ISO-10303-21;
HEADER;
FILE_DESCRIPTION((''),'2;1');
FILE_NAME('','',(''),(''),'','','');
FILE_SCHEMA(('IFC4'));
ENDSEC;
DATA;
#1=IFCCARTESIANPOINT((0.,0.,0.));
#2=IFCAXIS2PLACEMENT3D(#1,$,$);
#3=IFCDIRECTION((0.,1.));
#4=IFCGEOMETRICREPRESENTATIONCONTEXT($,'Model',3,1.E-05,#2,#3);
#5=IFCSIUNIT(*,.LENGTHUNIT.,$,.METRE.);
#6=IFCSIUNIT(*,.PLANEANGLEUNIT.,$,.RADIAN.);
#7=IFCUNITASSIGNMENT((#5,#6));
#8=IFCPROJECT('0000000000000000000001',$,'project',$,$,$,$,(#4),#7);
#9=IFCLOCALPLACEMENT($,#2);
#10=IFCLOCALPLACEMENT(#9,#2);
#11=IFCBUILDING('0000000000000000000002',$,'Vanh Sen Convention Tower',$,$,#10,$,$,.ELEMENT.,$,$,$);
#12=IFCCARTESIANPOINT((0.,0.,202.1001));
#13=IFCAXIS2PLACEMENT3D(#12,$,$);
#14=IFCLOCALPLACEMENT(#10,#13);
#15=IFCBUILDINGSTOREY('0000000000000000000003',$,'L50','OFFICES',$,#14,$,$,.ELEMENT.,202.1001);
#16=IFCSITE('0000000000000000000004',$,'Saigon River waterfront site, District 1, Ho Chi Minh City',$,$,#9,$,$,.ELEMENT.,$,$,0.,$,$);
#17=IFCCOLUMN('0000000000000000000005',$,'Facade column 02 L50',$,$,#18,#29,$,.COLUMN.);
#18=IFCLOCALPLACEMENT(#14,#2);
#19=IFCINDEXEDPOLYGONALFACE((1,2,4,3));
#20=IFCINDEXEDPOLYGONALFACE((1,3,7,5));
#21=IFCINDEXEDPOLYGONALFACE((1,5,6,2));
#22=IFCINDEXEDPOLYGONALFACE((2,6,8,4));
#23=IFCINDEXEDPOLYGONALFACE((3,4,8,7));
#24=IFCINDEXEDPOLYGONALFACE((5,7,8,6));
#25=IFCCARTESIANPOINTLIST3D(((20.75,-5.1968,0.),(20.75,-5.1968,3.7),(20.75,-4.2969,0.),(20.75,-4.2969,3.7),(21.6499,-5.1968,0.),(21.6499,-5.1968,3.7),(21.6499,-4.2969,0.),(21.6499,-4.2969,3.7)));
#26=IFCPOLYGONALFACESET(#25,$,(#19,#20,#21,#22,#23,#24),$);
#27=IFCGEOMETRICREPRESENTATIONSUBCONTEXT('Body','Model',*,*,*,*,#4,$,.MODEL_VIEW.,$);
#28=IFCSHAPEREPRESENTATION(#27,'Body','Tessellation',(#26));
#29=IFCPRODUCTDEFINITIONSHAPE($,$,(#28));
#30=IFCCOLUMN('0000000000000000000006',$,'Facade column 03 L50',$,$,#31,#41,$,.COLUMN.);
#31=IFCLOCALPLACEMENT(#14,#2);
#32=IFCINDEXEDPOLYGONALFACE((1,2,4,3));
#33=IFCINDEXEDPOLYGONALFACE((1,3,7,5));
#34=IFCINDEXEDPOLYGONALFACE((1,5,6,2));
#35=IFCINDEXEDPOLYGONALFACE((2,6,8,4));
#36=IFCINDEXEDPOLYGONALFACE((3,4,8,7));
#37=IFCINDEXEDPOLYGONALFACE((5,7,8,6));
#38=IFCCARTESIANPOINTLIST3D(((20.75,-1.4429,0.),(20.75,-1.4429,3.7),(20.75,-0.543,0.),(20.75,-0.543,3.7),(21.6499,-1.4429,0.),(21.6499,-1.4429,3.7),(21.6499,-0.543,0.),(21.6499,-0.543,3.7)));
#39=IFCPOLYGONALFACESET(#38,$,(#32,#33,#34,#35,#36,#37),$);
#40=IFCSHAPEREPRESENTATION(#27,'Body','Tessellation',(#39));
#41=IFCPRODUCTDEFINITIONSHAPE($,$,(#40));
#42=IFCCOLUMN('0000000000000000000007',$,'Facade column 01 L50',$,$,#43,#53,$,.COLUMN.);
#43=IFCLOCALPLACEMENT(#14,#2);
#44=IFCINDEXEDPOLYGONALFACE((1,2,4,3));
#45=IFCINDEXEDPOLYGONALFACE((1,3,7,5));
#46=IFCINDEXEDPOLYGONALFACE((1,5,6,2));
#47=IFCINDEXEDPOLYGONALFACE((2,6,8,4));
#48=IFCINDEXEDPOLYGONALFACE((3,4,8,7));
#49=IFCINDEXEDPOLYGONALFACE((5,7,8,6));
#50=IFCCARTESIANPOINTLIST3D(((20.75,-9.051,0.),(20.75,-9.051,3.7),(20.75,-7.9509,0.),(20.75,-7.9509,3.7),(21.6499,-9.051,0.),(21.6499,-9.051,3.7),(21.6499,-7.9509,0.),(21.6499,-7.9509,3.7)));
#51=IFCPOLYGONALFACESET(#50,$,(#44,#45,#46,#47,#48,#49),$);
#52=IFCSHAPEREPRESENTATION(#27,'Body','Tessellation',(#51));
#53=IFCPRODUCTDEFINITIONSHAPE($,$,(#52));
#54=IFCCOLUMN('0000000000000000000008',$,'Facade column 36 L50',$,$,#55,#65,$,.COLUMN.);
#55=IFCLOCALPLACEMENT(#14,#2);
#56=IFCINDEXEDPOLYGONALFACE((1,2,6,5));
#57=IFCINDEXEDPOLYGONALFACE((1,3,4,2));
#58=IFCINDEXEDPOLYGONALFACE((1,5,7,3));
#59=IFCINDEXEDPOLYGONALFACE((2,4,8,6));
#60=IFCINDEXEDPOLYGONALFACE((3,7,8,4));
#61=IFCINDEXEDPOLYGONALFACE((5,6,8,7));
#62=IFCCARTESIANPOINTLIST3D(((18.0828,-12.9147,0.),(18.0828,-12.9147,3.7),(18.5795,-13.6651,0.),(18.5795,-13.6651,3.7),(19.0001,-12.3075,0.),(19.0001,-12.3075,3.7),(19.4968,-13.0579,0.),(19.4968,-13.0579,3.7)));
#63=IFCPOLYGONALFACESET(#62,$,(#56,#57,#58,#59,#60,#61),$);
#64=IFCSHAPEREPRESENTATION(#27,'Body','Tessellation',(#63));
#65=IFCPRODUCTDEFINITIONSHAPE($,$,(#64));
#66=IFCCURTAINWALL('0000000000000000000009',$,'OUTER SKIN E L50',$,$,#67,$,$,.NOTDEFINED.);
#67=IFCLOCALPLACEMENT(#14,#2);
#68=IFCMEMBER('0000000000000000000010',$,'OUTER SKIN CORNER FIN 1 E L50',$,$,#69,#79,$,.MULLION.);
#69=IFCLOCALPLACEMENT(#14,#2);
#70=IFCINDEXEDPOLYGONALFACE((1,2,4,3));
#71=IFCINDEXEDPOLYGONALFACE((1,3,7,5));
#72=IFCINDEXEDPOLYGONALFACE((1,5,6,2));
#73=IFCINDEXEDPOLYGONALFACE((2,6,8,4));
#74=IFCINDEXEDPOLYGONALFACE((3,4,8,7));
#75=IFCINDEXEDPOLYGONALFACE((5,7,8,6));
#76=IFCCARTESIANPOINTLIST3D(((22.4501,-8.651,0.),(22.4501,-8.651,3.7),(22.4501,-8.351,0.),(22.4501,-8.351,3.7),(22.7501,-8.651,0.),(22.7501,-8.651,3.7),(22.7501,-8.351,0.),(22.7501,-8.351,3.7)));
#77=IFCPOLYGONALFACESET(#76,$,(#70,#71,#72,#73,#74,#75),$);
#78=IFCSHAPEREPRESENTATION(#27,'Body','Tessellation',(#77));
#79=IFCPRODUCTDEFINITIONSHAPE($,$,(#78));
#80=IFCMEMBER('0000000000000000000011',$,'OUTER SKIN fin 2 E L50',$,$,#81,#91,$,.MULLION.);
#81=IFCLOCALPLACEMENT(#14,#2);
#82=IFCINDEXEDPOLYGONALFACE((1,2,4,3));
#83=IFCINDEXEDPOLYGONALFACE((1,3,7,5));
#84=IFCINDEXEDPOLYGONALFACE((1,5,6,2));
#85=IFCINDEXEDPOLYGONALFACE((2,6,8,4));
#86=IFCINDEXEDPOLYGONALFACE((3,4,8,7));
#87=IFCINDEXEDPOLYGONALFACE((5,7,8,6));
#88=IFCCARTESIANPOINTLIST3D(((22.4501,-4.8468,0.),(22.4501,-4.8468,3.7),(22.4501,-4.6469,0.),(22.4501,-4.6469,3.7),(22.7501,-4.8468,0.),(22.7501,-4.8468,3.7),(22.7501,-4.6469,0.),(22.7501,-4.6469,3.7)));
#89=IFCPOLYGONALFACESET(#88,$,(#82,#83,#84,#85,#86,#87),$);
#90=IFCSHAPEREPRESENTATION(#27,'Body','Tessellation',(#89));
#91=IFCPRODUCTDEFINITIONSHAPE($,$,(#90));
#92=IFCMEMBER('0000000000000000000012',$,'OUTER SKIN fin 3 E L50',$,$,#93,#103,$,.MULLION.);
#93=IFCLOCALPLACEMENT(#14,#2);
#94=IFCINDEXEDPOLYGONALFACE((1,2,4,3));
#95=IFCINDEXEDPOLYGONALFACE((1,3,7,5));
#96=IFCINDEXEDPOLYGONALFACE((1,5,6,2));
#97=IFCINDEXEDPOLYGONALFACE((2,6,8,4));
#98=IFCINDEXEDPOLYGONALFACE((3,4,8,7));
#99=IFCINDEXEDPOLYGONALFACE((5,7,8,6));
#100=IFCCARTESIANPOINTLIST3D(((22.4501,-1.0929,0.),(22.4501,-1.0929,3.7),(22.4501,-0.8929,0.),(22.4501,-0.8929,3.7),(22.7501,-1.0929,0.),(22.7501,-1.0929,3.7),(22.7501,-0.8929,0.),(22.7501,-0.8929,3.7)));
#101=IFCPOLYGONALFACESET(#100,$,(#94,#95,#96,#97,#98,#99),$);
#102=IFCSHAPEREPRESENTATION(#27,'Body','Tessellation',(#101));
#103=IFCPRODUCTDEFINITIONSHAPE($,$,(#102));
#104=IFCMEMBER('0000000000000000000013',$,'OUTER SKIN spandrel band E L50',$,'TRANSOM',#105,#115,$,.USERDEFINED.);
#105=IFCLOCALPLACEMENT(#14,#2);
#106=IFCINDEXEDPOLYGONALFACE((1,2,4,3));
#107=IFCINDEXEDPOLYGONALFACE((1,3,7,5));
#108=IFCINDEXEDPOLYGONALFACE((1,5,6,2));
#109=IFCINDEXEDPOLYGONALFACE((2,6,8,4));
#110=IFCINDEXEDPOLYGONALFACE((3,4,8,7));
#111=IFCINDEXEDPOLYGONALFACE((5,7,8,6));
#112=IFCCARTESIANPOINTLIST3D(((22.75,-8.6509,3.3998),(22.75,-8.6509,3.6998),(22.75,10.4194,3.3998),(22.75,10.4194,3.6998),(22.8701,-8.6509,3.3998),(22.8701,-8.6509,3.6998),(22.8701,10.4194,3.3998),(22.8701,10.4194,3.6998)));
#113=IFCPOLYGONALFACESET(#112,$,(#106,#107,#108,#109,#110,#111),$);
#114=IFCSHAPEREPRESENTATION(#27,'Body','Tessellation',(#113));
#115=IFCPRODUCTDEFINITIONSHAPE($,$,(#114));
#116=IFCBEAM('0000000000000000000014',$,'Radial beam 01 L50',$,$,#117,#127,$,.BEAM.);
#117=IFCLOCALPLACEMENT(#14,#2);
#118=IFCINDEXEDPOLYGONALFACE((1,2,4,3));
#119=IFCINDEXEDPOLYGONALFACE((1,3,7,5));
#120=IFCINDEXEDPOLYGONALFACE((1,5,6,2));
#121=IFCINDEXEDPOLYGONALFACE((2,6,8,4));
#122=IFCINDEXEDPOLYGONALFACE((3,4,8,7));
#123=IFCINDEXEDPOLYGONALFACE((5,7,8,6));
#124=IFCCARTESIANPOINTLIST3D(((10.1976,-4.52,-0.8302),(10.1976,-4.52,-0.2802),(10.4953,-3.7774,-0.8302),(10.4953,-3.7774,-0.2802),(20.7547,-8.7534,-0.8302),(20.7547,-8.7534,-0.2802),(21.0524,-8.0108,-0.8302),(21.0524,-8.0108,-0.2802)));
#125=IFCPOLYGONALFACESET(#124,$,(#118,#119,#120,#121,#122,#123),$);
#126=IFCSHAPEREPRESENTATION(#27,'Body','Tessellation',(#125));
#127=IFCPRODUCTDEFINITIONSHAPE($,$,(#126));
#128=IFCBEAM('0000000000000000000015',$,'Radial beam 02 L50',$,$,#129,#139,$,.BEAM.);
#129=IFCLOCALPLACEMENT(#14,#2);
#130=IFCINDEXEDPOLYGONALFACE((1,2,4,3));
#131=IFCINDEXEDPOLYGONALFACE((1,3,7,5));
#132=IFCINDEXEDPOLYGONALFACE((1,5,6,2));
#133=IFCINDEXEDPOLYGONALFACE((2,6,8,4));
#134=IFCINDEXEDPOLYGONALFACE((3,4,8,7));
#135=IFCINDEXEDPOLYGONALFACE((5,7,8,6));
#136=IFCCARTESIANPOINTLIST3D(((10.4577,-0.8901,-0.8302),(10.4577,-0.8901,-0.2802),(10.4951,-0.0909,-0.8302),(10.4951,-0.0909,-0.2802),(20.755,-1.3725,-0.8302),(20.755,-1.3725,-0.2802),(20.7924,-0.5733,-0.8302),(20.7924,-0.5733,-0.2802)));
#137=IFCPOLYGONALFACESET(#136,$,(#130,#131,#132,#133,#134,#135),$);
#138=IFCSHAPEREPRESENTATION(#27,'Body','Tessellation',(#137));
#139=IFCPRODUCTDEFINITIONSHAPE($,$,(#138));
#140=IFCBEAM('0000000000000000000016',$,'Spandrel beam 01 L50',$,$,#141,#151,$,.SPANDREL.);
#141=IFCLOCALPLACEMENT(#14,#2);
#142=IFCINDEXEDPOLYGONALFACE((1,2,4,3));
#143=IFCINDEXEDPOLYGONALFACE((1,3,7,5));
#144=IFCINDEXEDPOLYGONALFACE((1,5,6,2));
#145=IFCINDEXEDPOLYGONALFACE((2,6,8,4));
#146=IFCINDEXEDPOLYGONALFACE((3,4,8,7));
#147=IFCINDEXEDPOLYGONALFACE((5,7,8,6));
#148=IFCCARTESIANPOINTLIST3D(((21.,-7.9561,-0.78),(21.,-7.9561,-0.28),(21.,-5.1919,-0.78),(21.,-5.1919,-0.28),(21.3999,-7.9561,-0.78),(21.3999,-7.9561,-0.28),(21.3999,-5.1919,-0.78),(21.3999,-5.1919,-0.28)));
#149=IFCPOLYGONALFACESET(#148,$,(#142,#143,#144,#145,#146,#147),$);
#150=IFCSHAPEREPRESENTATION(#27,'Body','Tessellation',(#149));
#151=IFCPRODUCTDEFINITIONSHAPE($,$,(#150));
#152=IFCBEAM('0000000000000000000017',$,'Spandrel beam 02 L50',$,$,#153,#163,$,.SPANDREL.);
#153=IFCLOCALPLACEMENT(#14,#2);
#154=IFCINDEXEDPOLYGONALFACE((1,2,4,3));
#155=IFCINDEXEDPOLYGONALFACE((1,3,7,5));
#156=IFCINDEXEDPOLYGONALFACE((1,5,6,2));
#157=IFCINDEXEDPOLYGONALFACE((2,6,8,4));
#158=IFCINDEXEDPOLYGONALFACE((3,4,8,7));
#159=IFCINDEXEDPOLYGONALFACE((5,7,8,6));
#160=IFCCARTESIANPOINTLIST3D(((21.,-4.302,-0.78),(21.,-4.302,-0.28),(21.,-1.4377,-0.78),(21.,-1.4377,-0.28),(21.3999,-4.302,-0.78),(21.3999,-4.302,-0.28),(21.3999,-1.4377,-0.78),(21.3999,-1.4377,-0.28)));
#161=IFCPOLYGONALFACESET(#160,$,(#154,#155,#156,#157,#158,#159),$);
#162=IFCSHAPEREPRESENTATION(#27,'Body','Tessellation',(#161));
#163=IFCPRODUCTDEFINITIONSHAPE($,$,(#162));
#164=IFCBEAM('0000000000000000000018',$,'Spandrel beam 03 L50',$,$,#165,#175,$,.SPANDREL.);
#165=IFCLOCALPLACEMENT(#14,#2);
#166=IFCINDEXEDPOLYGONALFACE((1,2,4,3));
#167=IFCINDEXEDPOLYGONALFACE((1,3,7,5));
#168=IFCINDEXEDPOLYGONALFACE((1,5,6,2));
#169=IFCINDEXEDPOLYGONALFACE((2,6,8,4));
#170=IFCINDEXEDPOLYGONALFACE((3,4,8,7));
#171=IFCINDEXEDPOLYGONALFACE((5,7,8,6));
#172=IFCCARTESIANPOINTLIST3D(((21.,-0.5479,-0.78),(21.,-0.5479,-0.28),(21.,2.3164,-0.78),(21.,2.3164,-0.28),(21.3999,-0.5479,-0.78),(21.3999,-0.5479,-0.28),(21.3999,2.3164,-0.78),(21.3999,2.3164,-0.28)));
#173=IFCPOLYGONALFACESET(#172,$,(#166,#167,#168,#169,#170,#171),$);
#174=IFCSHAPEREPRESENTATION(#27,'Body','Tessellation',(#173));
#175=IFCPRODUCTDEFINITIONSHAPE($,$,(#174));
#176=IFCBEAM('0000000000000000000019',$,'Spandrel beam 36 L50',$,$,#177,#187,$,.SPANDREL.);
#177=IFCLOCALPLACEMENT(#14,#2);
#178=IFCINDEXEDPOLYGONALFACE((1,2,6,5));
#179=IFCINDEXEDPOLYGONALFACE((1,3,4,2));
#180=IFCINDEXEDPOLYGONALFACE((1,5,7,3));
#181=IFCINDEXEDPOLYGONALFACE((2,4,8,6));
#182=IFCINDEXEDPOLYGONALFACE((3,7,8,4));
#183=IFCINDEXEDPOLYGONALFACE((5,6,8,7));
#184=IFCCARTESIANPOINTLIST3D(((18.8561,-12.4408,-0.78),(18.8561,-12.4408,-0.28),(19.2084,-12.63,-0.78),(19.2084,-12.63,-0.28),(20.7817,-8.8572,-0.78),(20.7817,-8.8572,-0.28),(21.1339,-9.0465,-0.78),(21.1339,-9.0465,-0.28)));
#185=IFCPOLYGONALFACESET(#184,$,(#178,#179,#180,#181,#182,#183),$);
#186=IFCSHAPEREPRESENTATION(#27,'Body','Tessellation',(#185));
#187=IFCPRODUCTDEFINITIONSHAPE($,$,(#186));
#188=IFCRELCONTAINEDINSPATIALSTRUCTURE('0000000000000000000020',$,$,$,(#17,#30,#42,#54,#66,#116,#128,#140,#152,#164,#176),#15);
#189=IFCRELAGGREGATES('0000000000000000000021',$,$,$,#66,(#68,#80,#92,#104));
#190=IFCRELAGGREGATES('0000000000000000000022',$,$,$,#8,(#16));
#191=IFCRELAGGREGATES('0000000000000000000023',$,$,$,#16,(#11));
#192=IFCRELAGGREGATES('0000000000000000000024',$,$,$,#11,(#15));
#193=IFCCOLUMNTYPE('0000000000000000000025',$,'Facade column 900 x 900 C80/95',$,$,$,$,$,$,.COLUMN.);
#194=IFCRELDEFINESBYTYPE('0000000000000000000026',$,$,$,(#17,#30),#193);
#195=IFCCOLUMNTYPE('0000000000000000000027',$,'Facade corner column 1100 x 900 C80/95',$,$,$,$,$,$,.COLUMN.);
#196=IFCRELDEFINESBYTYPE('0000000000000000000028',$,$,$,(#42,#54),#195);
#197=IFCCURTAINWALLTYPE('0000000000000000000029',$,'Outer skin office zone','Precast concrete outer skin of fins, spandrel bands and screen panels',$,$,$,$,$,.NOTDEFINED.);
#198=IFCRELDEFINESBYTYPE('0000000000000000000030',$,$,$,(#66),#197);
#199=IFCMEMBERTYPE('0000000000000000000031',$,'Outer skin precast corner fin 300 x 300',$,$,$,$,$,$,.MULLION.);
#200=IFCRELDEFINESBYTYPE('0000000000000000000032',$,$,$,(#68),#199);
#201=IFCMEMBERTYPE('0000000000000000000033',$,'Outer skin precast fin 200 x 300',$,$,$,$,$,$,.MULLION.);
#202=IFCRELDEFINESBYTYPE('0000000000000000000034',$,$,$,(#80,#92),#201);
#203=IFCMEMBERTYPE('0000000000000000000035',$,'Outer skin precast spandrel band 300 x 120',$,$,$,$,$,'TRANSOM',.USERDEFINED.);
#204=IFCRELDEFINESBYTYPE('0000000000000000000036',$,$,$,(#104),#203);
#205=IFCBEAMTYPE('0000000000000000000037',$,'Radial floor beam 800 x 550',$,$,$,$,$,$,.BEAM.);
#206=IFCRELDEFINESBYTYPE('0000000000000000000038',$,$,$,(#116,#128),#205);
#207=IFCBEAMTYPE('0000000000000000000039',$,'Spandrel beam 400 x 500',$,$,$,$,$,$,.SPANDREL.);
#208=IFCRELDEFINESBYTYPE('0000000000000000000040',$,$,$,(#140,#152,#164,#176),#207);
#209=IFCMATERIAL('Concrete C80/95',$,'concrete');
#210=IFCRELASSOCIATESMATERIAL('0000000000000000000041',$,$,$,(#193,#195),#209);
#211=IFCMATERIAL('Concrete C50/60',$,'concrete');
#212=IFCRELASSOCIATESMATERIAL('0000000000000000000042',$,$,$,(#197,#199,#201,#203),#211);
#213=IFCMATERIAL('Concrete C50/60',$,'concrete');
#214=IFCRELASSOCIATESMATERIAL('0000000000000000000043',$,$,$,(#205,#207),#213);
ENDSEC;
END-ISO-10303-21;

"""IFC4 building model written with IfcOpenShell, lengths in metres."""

from ifc_helpers import new_model, si_unit, direction, frame, origin, origin_2d, place, context, subcontext, project, spatial, rectangle, extrude, material, material_profile, profile_set, type_object, element, aggregate, save


model = new_model("IFC4")

# Units and contexts
model_context = context("Model", 3, precision=1e-05, world=origin(), true_north=direction((0.0, 1.0)))
body_context = subcontext(model_context, "Body", "Model", "MODEL_VIEW")
ifc_project = project(units=[si_unit("LENGTHUNIT", "METRE"), si_unit("PLANEANGLEUNIT", "RADIAN")], contexts=[model_context])

# Site, building, storey
site_placement = place(None, origin())
site = spatial("IfcSite", under=ifc_project, at=site_placement, Name="Saigon River waterfront site, District 1, Ho Chi Minh City", CompositionType="ELEMENT", RefElevation=0.0)
building_placement = place(site_placement, origin())
building = spatial("IfcBuilding", under=site, at=building_placement, Name="Vanh Sen Convention Tower", CompositionType="ELEMENT")
storey_placement = place(building_placement, frame((0.0, 0.0, 202.1001)))
storey = spatial("IfcBuildingStorey", under=building, at=storey_placement, Name="L50", Description="OFFICES", CompositionType="ELEMENT", Elevation=202.1001)

# Columns
ifc_material_1 = material(Name="Concrete C80/95", Category="concrete")
ifc_material_profile_1 = material_profile(ifc_material_1, rectangle(XDim=0.8999, YDim=0.8999, at=origin_2d()), Name="RC 900X900")
ifc_profile_set_1 = profile_set([ifc_material_profile_1], Name="Concrete C80/95")
column_type_1 = type_object("IfcColumnType", Name="Facade column 900 x 900 C80/95", PredefinedType="COLUMN", material=ifc_profile_set_1)
for number, where, z_axis, x_axis, name in (
    (1, (21.2, -4.7468, 0.0), (0.0, 0.0, 1.0), (0.0, 1.0, 0.0), "Facade column 02 L50"),
    (2, (21.2, -0.9929, 0.0), (0.0, 0.0, 1.0), (0.0, 1.0, 0.0), "Facade column 03 L50"),
):
    element("IfcColumn", number, at=place(storey_placement, frame(where, z_axis=z_axis, x_axis=x_axis)), inside=storey, type_object=column_type_1, Name=name, PredefinedType="COLUMN", context=body_context, shape_type="SweptSolid", body=[
        extrude(rectangle(XDim=0.8999, YDim=0.8999, at=origin_2d()), origin(), (0.0, 0.0, 1.0), 3.7),
    ])
ifc_material_profile_2 = material_profile(ifc_material_1, rectangle(XDim=1.1001, YDim=0.8999, at=origin_2d()), Name="RC 1100X900")
ifc_profile_set_2 = profile_set([ifc_material_profile_2], Name="Concrete C80/95")
column_type_2 = type_object("IfcColumnType", Name="Facade corner column 1100 x 900 C80/95", PredefinedType="COLUMN", material=ifc_profile_set_2)
for number, where, z_axis, x_axis, name in (
    (3, (21.2, -8.501, 0.0), (0.0, 0.0, 1.0), (0.0, 1.0, 0.0), "Facade column 01 L50"),
    (4, (18.7898, -12.9863, 0.0), (0.0, 0.0, 1.0), (0.833886, 0.551937, 0.0), "Facade column 36 L50"),
):
    element("IfcColumn", number, at=place(storey_placement, frame(where, z_axis=z_axis, x_axis=x_axis)), inside=storey, type_object=column_type_2, Name=name, PredefinedType="COLUMN", context=body_context, shape_type="SweptSolid", body=[
        extrude(rectangle(XDim=1.1001, YDim=0.8999, at=origin_2d()), origin(), (0.0, 0.0, 1.0), 3.7),
    ])

# Curtain wall, members
ifc_material_2 = material(Name="Concrete C50/60", Category="concrete")
curtain_wall_type = type_object("IfcCurtainWallType", Name="Outer skin office zone", Description="Precast concrete outer skin of fins, spandrel bands and screen panels", PredefinedType="NOTDEFINED", material=ifc_material_2)
curtain_wall_1_placement = place(storey_placement, origin())
curtain_wall_1 = element("IfcCurtainWall", 5, at=curtain_wall_1_placement, inside=storey, type_object=curtain_wall_type, Name="OUTER SKIN E L50", PredefinedType="NOTDEFINED")
ifc_material_profile_3 = material_profile(ifc_material_2, rectangle(XDim=0.3, YDim=0.3, at=origin_2d()), Name="Outer skin precast corner fin 300 x 300")
ifc_profile_set_3 = profile_set([ifc_material_profile_3], Name="Concrete C50/60")
member_type_1 = type_object("IfcMemberType", Name="Outer skin precast corner fin 300 x 300", PredefinedType="MULLION", material=ifc_profile_set_3)
member_1_placement = place(storey_placement, frame((22.6001, -8.501, 0.0), z_axis=(0.0, 0.0, 1.0), x_axis=(0.0, 1.0, 0.0)))
member_1 = element("IfcMember", 6, at=member_1_placement, type_object=member_type_1, Name="OUTER SKIN CORNER FIN 1 E L50", PredefinedType="MULLION", context=body_context, shape_type="SweptSolid", body=[
    extrude(rectangle(XDim=0.3, YDim=0.3, at=origin_2d()), origin(), (0.0, 0.0, 1.0), 3.7),
])
ifc_material_profile_4 = material_profile(ifc_material_2, rectangle(XDim=0.2, YDim=0.3, at=origin_2d()), Name="Outer skin precast fin 200 x 300")
ifc_profile_set_4 = profile_set([ifc_material_profile_4], Name="Concrete C50/60")
member_type_2 = type_object("IfcMemberType", Name="Outer skin precast fin 200 x 300", PredefinedType="MULLION", material=ifc_profile_set_4)
member_2_placement = place(storey_placement, frame((22.6001, -4.7468, 0.0), z_axis=(0.0, 0.0, 1.0), x_axis=(0.0, 1.0, 0.0)))
member_2 = element("IfcMember", 7, at=member_2_placement, type_object=member_type_2, Name="OUTER SKIN fin 2 E L50", PredefinedType="MULLION", context=body_context, shape_type="SweptSolid", body=[
    extrude(rectangle(XDim=0.2, YDim=0.3, at=origin_2d()), origin(), (0.0, 0.0, 1.0), 3.7),
])
member_3_placement = place(storey_placement, frame((22.6001, -0.9929, 0.0), z_axis=(0.0, 0.0, 1.0), x_axis=(0.0, 1.0, 0.0)))
member_3 = element("IfcMember", 8, at=member_3_placement, type_object=member_type_2, Name="OUTER SKIN fin 3 E L50", PredefinedType="MULLION", context=body_context, shape_type="SweptSolid", body=[
    extrude(rectangle(XDim=0.2, YDim=0.3, at=origin_2d()), origin(), (0.0, 0.0, 1.0), 3.7),
])
ifc_material_profile_5 = material_profile(ifc_material_2, rectangle(XDim=0.1201, YDim=0.3, at=origin_2d()), Name="Outer skin precast spandrel band 300 x 120")
ifc_profile_set_5 = profile_set([ifc_material_profile_5], Name="Concrete C50/60")
member_type_3 = type_object("IfcMemberType", Name="Outer skin precast spandrel band 300 x 120", ElementType="TRANSOM", PredefinedType="USERDEFINED", material=ifc_profile_set_5)
member_4_placement = place(storey_placement, frame((22.8101, -8.6509, 3.5498), z_axis=(0.0, 1.0, 0.0), x_axis=(-1.0, 0.0, 0.0)))
member_4 = element("IfcMember", 9, at=member_4_placement, type_object=member_type_3, Name="OUTER SKIN spandrel band E L50", ObjectType="TRANSOM", PredefinedType="USERDEFINED", context=body_context, shape_type="SweptSolid", body=[
    extrude(rectangle(XDim=0.1201, YDim=0.3, at=origin_2d()), origin(), (0.0, 0.0, 1.0), 19.0703),
])

# Beams
ifc_material_3 = material(Name="Concrete C50/60", Category="concrete")
ifc_material_profile_6 = material_profile(ifc_material_3, rectangle(XDim=0.8, YDim=0.55, at=origin_2d()), Name="RC 800X550")
ifc_profile_set_6 = profile_set([ifc_material_profile_6], Name="Concrete C50/60")
beam_type_1 = type_object("IfcBeamType", Name="Radial floor beam 800 x 550", PredefinedType="BEAM", material=ifc_profile_set_6)
beam_1_placement = place(storey_placement, frame((20.9036, -8.3821, -0.5552), z_axis=(-0.928157, 0.37219, 0.0), x_axis=(-0.37219, -0.928157, 0.0)))
element("IfcBeam", 10, at=beam_1_placement, inside=storey, type_object=beam_type_1, Name="Radial beam 01 L50", PredefinedType="BEAM", context=body_context, shape_type="SweptSolid", body=[
    extrude(rectangle(XDim=0.8, YDim=0.55, at=origin_2d()), origin(), (0.0, 0.0, 1.0), 11.3743),
])
beam_2_placement = place(storey_placement, frame((20.7737, -0.9729, -0.5552), z_axis=(-0.998904, 0.046798, 0.0), x_axis=(-0.046798, -0.998904, 0.0)))
element("IfcBeam", 11, at=beam_2_placement, inside=storey, type_object=beam_type_1, Name="Radial beam 02 L50", PredefinedType="BEAM", context=body_context, shape_type="SweptSolid", body=[
    extrude(rectangle(XDim=0.8, YDim=0.55, at=origin_2d()), origin(), (0.0, 0.0, 1.0), 10.3086),
])
ifc_material_profile_7 = material_profile(ifc_material_3, rectangle(XDim=0.3999, YDim=0.5, at=origin_2d()), Name="RC 400X500")
ifc_profile_set_7 = profile_set([ifc_material_profile_7], Name="Concrete C50/60")
beam_type_2 = type_object("IfcBeamType", Name="Spandrel beam 400 x 500", PredefinedType="SPANDREL", material=ifc_profile_set_7)
beam_3_placement = place(storey_placement, frame((21.2, -7.9561, -0.53), z_axis=(0.0, 1.0, 0.0), x_axis=(-1.0, 0.0, 0.0)))
element("IfcBeam", 12, at=beam_3_placement, inside=storey, type_object=beam_type_2, Name="Spandrel beam 01 L50", PredefinedType="SPANDREL", context=body_context, shape_type="SweptSolid", body=[
    extrude(rectangle(XDim=0.3999, YDim=0.5, at=origin_2d()), origin(), (0.0, 0.0, 1.0), 2.7642),
])
for number, where, z_axis, x_axis, name in (
    (13, (21.2, -4.302, -0.53), (0.0, 1.0, 0.0), (-1.0, 0.0, 0.0), "Spandrel beam 02 L50"),
    (14, (21.2, -0.5479, -0.53), (0.0, 1.0, 0.0), (-1.0, 0.0, 0.0), "Spandrel beam 03 L50"),
):
    element("IfcBeam", number, at=place(storey_placement, frame(where, z_axis=z_axis, x_axis=x_axis)), inside=storey, type_object=beam_type_2, Name=name, PredefinedType="SPANDREL", context=body_context, shape_type="SweptSolid", body=[
        extrude(rectangle(XDim=0.3999, YDim=0.5, at=origin_2d()), origin(), (0.0, 0.0, 1.0), 2.8643),
    ])
beam_4_placement = place(storey_placement, frame((19.0322, -12.5354, -0.53), z_axis=(0.47333, 0.880885, 0.0), x_axis=(-0.880885, 0.47333, 0.0)))
element("IfcBeam", 15, at=beam_4_placement, inside=storey, type_object=beam_type_2, Name="Spandrel beam 36 L50", PredefinedType="SPANDREL", context=body_context, shape_type="SweptSolid", body=[
    extrude(rectangle(XDim=0.3999, YDim=0.5, at=origin_2d()), origin(), (0.0, 0.0, 1.0), 4.0681),
])

aggregate(curtain_wall_1, [member_1, member_2, member_3, member_4])

save(model, "model.ifc")
